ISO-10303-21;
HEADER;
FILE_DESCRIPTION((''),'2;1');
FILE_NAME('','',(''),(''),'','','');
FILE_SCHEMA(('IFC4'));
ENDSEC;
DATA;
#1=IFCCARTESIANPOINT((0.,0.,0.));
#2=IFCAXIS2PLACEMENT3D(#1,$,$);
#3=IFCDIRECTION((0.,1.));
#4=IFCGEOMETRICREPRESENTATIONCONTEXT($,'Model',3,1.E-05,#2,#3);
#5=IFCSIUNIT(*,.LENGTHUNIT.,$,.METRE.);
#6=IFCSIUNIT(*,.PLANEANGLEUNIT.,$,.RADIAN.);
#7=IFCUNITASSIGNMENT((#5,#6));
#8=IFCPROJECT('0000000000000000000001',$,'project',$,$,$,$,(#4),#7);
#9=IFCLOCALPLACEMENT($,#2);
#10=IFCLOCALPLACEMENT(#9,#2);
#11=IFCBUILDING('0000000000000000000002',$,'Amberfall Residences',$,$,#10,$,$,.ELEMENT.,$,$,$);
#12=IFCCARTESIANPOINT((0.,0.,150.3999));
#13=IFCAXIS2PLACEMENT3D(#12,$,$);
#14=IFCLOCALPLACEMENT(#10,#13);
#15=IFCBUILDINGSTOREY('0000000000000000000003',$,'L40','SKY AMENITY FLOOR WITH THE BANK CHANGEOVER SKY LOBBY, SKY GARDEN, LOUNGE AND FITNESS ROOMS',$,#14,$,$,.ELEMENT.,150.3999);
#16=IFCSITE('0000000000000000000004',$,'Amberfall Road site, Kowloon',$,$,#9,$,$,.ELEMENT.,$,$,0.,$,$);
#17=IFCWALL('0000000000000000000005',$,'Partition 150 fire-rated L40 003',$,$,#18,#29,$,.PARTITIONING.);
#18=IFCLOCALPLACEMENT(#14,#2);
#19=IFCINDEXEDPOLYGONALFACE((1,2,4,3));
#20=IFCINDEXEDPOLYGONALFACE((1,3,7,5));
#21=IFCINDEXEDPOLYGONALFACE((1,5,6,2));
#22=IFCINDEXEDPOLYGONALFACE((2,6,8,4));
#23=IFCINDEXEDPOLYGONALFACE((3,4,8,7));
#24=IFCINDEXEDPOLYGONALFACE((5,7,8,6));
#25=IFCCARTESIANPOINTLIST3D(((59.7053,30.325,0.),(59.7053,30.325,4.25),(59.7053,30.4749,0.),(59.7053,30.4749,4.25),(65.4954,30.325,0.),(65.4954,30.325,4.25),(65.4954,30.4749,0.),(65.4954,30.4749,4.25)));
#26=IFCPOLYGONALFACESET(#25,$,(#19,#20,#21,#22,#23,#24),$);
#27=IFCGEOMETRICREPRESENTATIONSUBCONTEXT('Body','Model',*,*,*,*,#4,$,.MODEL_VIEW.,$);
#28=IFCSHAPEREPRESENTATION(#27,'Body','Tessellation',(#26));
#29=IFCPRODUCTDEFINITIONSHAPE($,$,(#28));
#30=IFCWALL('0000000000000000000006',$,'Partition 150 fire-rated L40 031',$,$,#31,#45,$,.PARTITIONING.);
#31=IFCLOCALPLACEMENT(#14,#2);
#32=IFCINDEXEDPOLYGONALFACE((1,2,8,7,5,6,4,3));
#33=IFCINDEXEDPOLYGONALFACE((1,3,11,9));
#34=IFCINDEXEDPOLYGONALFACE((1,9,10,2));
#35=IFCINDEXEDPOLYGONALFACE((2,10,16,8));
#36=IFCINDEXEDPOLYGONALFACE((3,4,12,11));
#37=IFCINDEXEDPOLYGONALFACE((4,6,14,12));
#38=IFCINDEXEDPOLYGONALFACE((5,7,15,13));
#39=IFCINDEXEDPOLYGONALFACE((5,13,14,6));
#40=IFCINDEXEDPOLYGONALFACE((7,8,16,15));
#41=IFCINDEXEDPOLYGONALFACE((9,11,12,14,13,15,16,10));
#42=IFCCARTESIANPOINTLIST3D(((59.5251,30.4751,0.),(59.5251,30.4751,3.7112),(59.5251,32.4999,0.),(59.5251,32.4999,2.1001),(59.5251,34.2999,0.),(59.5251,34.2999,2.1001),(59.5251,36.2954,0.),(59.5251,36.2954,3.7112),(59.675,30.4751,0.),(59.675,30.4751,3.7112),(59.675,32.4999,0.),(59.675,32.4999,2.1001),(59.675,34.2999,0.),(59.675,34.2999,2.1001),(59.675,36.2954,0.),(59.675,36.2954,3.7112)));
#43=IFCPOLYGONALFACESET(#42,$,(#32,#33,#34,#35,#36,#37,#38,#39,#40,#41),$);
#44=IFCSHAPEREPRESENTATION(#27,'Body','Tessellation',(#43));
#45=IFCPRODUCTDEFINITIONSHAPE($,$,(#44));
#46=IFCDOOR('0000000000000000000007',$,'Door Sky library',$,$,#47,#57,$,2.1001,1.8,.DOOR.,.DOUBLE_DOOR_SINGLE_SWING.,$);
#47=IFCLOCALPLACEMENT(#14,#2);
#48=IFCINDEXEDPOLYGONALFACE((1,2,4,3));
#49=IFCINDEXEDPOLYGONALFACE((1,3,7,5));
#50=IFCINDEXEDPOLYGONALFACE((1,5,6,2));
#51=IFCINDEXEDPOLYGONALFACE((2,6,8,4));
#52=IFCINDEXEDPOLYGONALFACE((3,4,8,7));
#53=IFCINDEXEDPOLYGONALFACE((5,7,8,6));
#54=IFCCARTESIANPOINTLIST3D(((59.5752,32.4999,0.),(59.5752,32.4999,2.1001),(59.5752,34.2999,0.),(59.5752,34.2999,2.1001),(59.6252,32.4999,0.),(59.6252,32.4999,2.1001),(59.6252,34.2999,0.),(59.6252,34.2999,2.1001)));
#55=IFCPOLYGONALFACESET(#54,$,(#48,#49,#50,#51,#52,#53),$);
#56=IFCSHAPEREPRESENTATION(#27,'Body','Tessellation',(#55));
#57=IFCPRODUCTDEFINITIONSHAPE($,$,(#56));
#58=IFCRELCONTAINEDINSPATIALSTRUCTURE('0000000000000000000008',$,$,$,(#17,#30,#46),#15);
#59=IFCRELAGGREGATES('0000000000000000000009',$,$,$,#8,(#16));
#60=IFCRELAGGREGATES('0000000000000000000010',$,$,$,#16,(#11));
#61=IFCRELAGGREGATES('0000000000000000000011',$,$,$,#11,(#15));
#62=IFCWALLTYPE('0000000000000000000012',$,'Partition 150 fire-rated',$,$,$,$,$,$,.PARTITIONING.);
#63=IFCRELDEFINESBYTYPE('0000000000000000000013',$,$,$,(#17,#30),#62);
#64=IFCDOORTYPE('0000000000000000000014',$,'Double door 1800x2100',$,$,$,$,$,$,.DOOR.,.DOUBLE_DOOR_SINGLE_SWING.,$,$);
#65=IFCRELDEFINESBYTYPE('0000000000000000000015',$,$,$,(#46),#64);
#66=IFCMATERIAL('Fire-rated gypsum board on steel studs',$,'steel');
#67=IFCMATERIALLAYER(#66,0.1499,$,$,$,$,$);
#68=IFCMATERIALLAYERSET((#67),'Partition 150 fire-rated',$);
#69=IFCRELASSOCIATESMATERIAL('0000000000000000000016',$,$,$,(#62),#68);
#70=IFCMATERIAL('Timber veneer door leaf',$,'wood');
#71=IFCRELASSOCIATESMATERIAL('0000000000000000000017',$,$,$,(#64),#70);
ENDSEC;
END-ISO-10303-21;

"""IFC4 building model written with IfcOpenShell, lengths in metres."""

from ifc_helpers import new_model, si_unit, direction, frame, frame_2d, origin, place, context, subcontext, project, spatial, rectangle, extrude, material, layer, layer_set, type_object, element, fill, save


model = new_model("IFC4")

# Units and contexts
model_context = context("Model", 3, precision=1e-05, world=origin(), true_north=direction((0.0, 1.0)))
body_context = subcontext(model_context, "Body", "Model", "MODEL_VIEW")
ifc_project = project(units=[si_unit("LENGTHUNIT", "METRE"), si_unit("PLANEANGLEUNIT", "RADIAN")], contexts=[model_context])

# Site, building, storey
site_placement = place(None, origin())
site = spatial("IfcSite", under=ifc_project, at=site_placement, Name="Amberfall Road site, Kowloon", CompositionType="ELEMENT", RefElevation=0.0)
building_placement = place(site_placement, origin())
building = spatial("IfcBuilding", under=site, at=building_placement, Name="Amberfall Residences", CompositionType="ELEMENT")
storey_placement = place(building_placement, frame((0.0, 0.0, 150.3999)))
storey = spatial("IfcBuildingStorey", under=building, at=storey_placement, Name="L40", Description="SKY AMENITY FLOOR WITH THE BANK CHANGEOVER SKY LOBBY, SKY GARDEN, LOUNGE AND FITNESS ROOMS", CompositionType="ELEMENT", Elevation=150.3999)

# Wall
ifc_material_1 = material(Name="Fire-rated gypsum board on steel studs", Category="steel")
ifc_layer_1 = layer(ifc_material_1, 0.1499)
ifc_layer_set_1 = layer_set([ifc_layer_1], Name="Partition 150 fire-rated")
wall_type_1 = type_object("IfcWallType", Name="Partition 150 fire-rated", PredefinedType="PARTITIONING", material=ifc_layer_set_1)
wall_1_placement = place(storey_placement, frame((59.7053, 30.3999, 0.0), z_axis=(0.0, 0.0, 1.0), x_axis=(1.0, 0.0, 0.0)))
element("IfcWall", 1, at=wall_1_placement, inside=storey, type_object=wall_type_1, Name="Partition 150 fire-rated L40 003", PredefinedType="PARTITIONING", context=body_context, shape_type="SweptSolid", body=[
    extrude(rectangle(XDim=5.79, YDim=0.1499, at=frame_2d((2.895, 0.0))), origin(), (0.0, 0.0, 1.0), 4.25),
])

# Wall, opening, door
wall_2_placement = place(storey_placement, frame((59.6001, 30.4751, 0.0), z_axis=(0.0, 0.0, 1.0), x_axis=(0.0, 1.0, 0.0)))
wall_2 = element("IfcWall", 2, at=wall_2_placement, inside=storey, type_object=wall_type_1, Name="Partition 150 fire-rated L40 031", PredefinedType="PARTITIONING", context=body_context, shape_type="SweptSolid", body=[
    extrude(rectangle(XDim=5.8203, YDim=0.1499, at=frame_2d((2.9102, 0.0))), origin(), (0.0, 0.0, 1.0), 3.7112),
])
opening_1_placement = place(wall_2_placement, frame((2.0249, 0.0, 0.0)))
opening_1 = element("IfcOpeningElement", 3, at=opening_1_placement, cuts=wall_2, PredefinedType="OPENING", context=body_context, shape_type="SweptSolid", body=[
    extrude(rectangle(XDim=1.8, YDim=2.1001, at=frame_2d((0.8999, 1.05))), frame((0.0, 0.085, 0.0), z_axis=(0.0, -1.0, 0.0), x_axis=(1.0, 0.0, 0.0)), (0.0, 0.0, 1.0), 0.1699),
])
ifc_material_2 = material(Name="Timber veneer door leaf", Category="wood")
door_type = type_object("IfcDoorType", Name="Double door 1800x2100", OperationType="DOUBLE_DOOR_SINGLE_SWING", PredefinedType="DOOR", material=ifc_material_2)
door_placement = place(opening_1_placement, origin())
door = element("IfcDoor", 4, at=door_placement, inside=storey, type_object=door_type, Name="Door Sky library", OperationType="DOUBLE_DOOR_SINGLE_SWING", OverallHeight=2.1001, OverallWidth=1.8, PredefinedType="DOOR", context=body_context, shape_type="SweptSolid", body=[
    extrude(rectangle(XDim=1.8, YDim=2.1001, at=frame_2d((0.8999, 1.05))), frame((0.0, 0.0249, 0.0), z_axis=(0.0, -1.0, 0.0), x_axis=(1.0, 0.0, 0.0)), (0.0, 0.0, 1.0), 0.05),
])
fill(opening_1, door)

save(model, "model.ifc")
